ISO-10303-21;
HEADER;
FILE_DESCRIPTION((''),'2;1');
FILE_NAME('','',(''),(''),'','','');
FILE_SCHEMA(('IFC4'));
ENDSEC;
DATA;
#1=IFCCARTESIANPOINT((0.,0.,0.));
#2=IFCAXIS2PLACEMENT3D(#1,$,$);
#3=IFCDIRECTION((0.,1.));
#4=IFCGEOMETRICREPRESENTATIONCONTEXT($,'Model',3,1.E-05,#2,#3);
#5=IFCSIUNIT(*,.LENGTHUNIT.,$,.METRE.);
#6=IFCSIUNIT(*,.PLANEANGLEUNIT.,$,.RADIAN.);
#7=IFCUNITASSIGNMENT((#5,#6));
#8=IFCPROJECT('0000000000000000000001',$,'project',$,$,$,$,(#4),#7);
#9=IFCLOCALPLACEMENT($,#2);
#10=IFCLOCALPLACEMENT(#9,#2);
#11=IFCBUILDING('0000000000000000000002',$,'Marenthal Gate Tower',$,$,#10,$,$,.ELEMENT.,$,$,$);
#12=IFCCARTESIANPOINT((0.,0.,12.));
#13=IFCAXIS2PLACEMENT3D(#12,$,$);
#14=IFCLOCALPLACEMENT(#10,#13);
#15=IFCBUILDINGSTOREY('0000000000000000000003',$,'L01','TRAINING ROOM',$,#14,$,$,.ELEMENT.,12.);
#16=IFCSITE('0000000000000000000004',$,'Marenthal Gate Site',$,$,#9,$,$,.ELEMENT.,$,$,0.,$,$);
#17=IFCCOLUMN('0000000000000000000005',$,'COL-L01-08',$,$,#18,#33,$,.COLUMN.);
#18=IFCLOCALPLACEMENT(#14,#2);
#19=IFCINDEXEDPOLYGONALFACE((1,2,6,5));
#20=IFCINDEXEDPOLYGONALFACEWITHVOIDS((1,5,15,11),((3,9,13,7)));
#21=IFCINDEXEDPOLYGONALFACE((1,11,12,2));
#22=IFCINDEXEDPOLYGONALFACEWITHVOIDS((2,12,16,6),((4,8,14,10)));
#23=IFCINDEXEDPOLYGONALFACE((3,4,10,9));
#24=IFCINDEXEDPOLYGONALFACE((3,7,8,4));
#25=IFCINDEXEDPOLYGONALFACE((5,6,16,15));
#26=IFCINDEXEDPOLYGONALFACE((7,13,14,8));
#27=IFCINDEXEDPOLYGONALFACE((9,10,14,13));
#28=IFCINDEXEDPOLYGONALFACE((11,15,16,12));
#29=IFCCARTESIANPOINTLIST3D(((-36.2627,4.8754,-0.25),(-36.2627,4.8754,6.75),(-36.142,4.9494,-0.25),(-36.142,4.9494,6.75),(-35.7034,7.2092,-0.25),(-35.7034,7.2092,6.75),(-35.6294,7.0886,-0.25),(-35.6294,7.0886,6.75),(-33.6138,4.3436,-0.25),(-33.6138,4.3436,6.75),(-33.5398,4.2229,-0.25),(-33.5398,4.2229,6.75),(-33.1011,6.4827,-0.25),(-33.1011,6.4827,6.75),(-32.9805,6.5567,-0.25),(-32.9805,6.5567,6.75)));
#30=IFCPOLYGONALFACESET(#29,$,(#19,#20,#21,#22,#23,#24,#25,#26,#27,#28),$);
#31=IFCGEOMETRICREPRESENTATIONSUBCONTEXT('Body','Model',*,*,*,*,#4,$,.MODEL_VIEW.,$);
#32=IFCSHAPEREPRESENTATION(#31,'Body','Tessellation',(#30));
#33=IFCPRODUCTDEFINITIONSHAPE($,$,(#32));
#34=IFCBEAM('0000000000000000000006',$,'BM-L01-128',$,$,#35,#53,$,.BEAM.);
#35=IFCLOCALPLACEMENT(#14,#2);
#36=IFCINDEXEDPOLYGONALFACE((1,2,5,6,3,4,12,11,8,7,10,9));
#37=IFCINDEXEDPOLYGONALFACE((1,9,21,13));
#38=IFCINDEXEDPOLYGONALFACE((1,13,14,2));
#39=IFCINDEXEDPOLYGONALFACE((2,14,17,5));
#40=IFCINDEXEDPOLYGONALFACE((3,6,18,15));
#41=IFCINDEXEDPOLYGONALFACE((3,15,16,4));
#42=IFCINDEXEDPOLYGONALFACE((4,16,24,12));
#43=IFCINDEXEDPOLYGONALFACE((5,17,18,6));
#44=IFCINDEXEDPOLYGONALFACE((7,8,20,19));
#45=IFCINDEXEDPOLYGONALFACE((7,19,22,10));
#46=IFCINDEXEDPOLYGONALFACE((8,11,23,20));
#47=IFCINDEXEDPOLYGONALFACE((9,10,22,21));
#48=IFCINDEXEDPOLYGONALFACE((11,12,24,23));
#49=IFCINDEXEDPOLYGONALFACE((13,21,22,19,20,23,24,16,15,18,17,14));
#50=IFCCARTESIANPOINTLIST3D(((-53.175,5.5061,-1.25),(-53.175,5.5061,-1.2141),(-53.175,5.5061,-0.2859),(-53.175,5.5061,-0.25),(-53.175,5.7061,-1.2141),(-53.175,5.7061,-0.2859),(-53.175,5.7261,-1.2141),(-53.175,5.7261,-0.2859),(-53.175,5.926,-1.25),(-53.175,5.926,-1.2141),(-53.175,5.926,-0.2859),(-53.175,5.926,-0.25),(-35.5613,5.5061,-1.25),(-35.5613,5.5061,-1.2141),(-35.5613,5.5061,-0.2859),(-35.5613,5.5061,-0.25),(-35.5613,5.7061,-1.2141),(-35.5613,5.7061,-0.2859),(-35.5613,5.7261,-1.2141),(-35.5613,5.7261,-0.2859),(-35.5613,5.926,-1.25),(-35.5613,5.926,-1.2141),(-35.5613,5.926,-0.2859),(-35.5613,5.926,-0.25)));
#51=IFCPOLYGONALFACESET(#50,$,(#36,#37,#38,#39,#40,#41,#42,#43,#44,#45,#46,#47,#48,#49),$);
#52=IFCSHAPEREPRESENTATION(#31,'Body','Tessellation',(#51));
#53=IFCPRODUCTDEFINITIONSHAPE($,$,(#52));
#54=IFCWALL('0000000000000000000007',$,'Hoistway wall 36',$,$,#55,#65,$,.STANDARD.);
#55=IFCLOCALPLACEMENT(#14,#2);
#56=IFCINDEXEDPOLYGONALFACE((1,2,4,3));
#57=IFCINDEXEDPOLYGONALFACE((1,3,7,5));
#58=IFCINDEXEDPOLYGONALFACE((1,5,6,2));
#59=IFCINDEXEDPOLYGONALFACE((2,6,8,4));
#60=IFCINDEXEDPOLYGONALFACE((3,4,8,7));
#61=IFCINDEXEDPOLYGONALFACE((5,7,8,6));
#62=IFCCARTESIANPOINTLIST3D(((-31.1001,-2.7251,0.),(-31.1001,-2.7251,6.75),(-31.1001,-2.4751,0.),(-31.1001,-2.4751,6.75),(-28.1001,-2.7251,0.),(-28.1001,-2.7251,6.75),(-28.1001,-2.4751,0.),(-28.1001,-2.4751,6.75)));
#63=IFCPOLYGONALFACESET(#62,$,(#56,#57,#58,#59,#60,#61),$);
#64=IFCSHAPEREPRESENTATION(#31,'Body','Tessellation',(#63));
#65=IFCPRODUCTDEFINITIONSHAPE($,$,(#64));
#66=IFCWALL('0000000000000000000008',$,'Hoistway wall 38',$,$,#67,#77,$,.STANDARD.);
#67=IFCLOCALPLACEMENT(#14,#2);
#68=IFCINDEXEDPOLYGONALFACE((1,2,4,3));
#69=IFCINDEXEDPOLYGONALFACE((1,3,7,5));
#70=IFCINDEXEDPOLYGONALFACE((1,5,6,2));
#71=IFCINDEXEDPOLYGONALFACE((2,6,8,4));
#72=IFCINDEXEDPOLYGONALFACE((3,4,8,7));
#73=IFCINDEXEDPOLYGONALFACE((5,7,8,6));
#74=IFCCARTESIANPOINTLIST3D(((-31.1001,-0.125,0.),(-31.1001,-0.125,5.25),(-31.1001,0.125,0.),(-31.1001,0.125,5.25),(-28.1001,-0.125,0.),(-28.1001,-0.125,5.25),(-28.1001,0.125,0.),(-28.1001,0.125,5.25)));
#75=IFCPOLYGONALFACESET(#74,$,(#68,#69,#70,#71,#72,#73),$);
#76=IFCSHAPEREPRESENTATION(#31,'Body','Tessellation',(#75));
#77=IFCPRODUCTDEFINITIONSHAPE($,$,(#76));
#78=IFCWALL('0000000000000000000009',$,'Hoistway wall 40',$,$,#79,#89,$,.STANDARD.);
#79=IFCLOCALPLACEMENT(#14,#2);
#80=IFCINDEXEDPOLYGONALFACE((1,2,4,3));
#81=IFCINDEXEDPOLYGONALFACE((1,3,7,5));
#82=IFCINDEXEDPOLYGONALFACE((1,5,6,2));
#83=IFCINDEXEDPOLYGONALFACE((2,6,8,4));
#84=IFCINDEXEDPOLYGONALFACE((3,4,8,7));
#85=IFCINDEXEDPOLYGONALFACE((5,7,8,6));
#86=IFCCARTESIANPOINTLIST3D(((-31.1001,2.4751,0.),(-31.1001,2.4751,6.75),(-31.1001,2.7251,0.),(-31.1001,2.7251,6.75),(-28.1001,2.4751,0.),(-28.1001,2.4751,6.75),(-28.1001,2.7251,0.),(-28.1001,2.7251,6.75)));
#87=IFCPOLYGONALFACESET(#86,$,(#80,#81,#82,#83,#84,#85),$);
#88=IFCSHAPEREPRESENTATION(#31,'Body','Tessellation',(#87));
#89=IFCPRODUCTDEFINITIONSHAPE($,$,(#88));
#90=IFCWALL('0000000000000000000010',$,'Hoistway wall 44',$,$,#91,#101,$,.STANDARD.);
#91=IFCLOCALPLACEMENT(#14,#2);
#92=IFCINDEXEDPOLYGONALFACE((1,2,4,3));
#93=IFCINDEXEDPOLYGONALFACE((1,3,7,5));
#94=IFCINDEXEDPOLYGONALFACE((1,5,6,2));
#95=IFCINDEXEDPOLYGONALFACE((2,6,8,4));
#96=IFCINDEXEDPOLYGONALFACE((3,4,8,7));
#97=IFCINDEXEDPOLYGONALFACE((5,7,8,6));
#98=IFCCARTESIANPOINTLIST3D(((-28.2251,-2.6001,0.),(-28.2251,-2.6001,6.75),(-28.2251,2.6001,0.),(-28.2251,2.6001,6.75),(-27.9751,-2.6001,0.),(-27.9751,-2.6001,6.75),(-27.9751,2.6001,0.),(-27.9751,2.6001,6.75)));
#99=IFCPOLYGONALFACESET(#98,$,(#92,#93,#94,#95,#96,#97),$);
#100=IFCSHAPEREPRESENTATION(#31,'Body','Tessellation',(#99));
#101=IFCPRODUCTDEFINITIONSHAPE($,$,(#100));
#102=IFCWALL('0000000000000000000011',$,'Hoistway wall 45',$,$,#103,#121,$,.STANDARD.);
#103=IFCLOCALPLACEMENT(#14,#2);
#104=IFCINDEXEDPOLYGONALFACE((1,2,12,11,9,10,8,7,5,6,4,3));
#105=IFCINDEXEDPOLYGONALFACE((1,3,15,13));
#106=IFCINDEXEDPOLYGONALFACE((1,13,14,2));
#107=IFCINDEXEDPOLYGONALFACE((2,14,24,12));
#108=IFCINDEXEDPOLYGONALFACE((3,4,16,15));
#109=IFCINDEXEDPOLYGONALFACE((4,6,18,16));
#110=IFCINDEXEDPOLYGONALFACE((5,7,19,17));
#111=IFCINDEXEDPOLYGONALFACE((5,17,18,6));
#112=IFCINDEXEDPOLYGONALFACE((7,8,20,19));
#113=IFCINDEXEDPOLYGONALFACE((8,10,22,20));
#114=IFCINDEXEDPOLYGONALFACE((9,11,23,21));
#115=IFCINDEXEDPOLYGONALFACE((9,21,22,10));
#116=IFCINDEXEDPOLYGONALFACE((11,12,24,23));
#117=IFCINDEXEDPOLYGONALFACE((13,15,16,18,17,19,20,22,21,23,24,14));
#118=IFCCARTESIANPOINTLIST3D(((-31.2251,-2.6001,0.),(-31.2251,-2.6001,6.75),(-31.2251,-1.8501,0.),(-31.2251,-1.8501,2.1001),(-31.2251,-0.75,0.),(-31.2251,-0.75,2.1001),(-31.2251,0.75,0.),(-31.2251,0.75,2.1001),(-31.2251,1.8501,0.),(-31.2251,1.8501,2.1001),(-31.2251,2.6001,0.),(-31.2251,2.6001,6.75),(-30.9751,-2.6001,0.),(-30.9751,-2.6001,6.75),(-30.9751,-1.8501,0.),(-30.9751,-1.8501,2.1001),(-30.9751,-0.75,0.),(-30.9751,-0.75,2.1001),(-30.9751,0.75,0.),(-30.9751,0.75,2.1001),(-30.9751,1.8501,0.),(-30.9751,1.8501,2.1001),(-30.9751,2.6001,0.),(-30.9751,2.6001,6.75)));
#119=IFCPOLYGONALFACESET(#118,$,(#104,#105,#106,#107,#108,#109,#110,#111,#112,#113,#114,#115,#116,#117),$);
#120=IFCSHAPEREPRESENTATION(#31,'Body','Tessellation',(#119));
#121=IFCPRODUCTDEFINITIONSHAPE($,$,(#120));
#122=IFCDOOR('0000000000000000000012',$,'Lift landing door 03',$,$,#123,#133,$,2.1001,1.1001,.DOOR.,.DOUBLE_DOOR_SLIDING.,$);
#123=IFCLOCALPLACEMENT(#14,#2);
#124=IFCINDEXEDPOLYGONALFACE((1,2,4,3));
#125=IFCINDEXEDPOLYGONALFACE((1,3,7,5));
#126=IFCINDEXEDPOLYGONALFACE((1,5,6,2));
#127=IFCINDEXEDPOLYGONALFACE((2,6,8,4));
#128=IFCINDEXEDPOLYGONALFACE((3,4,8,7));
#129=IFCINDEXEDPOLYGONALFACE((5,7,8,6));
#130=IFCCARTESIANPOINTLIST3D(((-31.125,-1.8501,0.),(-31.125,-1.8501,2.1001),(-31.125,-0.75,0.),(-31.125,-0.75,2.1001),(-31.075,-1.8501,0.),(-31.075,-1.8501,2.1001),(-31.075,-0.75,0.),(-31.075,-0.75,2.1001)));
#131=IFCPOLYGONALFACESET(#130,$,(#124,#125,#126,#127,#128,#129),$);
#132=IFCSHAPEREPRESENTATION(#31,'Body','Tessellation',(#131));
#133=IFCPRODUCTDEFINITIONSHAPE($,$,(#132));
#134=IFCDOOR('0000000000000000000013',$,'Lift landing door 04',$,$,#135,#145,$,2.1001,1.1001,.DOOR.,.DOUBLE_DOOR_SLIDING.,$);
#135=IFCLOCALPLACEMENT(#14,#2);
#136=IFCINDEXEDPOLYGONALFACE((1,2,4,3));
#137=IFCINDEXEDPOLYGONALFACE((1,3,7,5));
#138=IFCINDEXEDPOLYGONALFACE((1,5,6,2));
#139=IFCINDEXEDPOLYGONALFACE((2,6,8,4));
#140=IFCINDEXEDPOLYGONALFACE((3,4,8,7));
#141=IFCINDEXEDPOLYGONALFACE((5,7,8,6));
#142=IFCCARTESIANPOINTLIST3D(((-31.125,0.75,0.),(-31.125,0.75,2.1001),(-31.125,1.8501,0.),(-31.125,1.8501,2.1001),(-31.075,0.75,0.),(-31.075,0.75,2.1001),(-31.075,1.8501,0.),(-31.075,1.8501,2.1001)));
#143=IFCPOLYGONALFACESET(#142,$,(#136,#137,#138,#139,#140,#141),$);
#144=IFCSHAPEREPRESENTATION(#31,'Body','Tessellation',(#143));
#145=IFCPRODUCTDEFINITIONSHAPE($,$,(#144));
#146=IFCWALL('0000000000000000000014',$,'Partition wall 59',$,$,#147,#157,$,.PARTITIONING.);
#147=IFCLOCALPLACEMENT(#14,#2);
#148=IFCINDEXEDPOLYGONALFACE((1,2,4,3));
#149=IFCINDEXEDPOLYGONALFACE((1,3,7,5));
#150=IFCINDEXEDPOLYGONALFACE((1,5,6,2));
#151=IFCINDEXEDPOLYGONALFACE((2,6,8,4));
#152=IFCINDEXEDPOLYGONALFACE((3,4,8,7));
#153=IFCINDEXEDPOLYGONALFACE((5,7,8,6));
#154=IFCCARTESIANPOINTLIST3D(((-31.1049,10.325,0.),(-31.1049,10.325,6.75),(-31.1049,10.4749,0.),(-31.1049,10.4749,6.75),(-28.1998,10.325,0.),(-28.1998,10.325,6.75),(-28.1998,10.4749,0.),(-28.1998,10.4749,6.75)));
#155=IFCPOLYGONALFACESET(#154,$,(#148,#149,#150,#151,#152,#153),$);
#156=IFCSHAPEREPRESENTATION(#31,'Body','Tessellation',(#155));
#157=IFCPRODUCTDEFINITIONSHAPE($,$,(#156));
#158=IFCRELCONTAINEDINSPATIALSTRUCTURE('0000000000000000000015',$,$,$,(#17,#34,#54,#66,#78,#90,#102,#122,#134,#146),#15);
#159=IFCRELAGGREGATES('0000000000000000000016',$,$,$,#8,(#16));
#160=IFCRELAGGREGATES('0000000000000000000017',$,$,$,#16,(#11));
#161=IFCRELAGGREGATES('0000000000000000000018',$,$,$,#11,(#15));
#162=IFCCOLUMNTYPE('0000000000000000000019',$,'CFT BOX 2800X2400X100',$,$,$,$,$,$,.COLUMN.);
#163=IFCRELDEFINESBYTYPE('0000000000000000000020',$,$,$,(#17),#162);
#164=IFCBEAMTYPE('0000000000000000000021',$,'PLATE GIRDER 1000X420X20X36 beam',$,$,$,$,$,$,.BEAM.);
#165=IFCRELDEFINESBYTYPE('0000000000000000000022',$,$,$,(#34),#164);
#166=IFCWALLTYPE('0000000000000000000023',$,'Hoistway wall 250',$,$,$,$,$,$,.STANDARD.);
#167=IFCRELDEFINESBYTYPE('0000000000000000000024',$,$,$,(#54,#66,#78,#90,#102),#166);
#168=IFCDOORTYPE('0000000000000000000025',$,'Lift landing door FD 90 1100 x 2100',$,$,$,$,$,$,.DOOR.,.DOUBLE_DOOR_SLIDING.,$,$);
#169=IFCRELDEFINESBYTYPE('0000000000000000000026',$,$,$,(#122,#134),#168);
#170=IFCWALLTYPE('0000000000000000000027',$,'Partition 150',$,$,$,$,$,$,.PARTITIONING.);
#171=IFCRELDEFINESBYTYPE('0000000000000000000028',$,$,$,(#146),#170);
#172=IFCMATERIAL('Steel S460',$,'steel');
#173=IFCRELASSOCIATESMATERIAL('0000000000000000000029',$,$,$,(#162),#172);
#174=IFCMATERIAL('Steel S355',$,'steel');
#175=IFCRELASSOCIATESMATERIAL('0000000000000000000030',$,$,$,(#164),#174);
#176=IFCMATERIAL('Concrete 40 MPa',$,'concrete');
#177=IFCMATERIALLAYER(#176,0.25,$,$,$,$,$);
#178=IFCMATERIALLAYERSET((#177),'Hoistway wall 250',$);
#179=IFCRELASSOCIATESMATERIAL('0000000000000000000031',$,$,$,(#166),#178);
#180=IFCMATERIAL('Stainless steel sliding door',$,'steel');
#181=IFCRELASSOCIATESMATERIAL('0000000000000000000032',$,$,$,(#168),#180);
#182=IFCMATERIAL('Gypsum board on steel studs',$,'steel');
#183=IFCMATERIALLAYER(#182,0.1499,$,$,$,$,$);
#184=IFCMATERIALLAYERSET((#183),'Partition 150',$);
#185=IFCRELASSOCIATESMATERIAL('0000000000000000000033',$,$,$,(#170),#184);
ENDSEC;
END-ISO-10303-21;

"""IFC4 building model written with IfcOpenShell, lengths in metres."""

from ifc_helpers import new_model, si_unit, direction, frame, frame_2d, origin, origin_2d, place, context, subcontext, project, spatial, rectangle, hollow_rectangle, i_section, extrude, material, layer, layer_set, material_profile, profile_set, type_object, element, fill, save


model = new_model("IFC4")

# Units and contexts
model_context = context("Model", 3, precision=1e-05, world=origin(), true_north=direction((0.0, 1.0)))
body_context = subcontext(model_context, "Body", "Model", "MODEL_VIEW")
ifc_project = project(units=[si_unit("LENGTHUNIT", "METRE"), si_unit("PLANEANGLEUNIT", "RADIAN")], contexts=[model_context])

# Site, building, storey
site_placement = place(None, origin())
site = spatial("IfcSite", under=ifc_project, at=site_placement, Name="Marenthal Gate Site", CompositionType="ELEMENT", RefElevation=0.0)
building_placement = place(site_placement, origin())
building = spatial("IfcBuilding", under=site, at=building_placement, Name="Marenthal Gate Tower", CompositionType="ELEMENT")
storey_placement = place(building_placement, frame((0.0, 0.0, 12.0)))
storey = spatial("IfcBuildingStorey", under=building, at=storey_placement, Name="L01", Description="TRAINING ROOM", CompositionType="ELEMENT", Elevation=12.0)

# Column
ifc_material_1 = material(Name="Steel S460", Category="steel")
ifc_material_profile_1 = material_profile(ifc_material_1, hollow_rectangle(XDim=2.3999, YDim=2.8, WallThickness=0.1001, at=origin_2d()), Name="CFT BOX 2800X2400X100")
ifc_material_2 = material(Name="Concrete 70 MPa", Category="concrete")
ifc_material_profile_2 = material_profile(ifc_material_2, rectangle(XDim=2.2, YDim=2.6001, at=origin_2d()), Name="CFT BOX 2800X2400X100 INFILL")
ifc_profile_set_1 = profile_set([ifc_material_profile_1, ifc_material_profile_2], Name="Steel S460 shell, Concrete 70 MPa infill")
column_type = type_object("IfcColumnType", Name="CFT BOX 2800X2400X100", PredefinedType="COLUMN", material=ifc_profile_set_1)
column_placement = place(storey_placement, frame((-34.6216, 5.7161, -0.25), z_axis=(0.0, 0.0, 1.0), x_axis=(0.233047, 0.972466, 0.0)))
element("IfcColumn", 1, at=column_placement, inside=storey, type_object=column_type, Name="COL-L01-08", PredefinedType="COLUMN", context=body_context, shape_type="SweptSolid", body=[
    extrude(hollow_rectangle(XDim=2.3999, YDim=2.8, WallThickness=0.1001, at=origin_2d()), origin(), (0.0, 0.0, 1.0), 7.0),
])

# Beam
ifc_material_3 = material(Name="Steel S355", Category="steel")
ifc_material_profile_3 = material_profile(ifc_material_3, i_section(OverallWidth=0.4199, OverallDepth=1.0, WebThickness=0.02, FlangeThickness=0.0359, at=origin_2d()), Name="PLATE GIRDER 1000X420X20X36")
ifc_profile_set_2 = profile_set([ifc_material_profile_3], Name="Steel S355")
beam_type = type_object("IfcBeamType", Name="PLATE GIRDER 1000X420X20X36 beam", PredefinedType="BEAM", material=ifc_profile_set_2)
beam_placement = place(storey_placement, frame((-35.5613, 5.7161, -0.75), z_axis=(-1.0, 0.0, 0.0), x_axis=(0.0, -1.0, 0.0)))
element("IfcBeam", 2, at=beam_placement, inside=storey, type_object=beam_type, Name="BM-L01-128", PredefinedType="BEAM", context=body_context, shape_type="SweptSolid", body=[
    extrude(i_section(OverallWidth=0.4199, OverallDepth=1.0, WebThickness=0.02, FlangeThickness=0.0359, at=origin_2d()), origin(), (0.0, 0.0, 1.0), 17.6138),
])

# Walls
ifc_material_4 = material(Name="Concrete 40 MPa", Category="concrete")
ifc_layer_1 = layer(ifc_material_4, 0.25)
ifc_layer_set_1 = layer_set([ifc_layer_1], Name="Hoistway wall 250")
wall_type_1 = type_object("IfcWallType", Name="Hoistway wall 250", PredefinedType="STANDARD", material=ifc_layer_set_1)
wall_1_placement = place(storey_placement, frame((-31.1001, -2.6001, 0.0), z_axis=(0.0, 0.0, 1.0), x_axis=(1.0, 0.0, 0.0)))
element("IfcWall", 3, at=wall_1_placement, inside=storey, type_object=wall_type_1, Name="Hoistway wall 36", PredefinedType="STANDARD", context=body_context, shape_type="SweptSolid", body=[
    extrude(rectangle(XDim=3.0, YDim=0.25, at=frame_2d((1.5, 0.0))), origin(), (0.0, 0.0, 1.0), 6.75),
])
wall_2_placement = place(storey_placement, frame((-31.1001, 0.0, 0.0), z_axis=(0.0, 0.0, 1.0), x_axis=(1.0, 0.0, 0.0)))
element("IfcWall", 4, at=wall_2_placement, inside=storey, type_object=wall_type_1, Name="Hoistway wall 38", PredefinedType="STANDARD", context=body_context, shape_type="SweptSolid", body=[
    extrude(rectangle(XDim=3.0, YDim=0.25, at=frame_2d((1.5, 0.0))), origin(), (0.0, 0.0, 1.0), 5.25),
])
wall_3_placement = place(storey_placement, frame((-31.1001, 2.6001, 0.0), z_axis=(0.0, 0.0, 1.0), x_axis=(1.0, 0.0, 0.0)))
element("IfcWall", 5, at=wall_3_placement, inside=storey, type_object=wall_type_1, Name="Hoistway wall 40", PredefinedType="STANDARD", context=body_context, shape_type="SweptSolid", body=[
    extrude(rectangle(XDim=3.0, YDim=0.25, at=frame_2d((1.5, 0.0))), origin(), (0.0, 0.0, 1.0), 6.75),
])
wall_4_placement = place(storey_placement, frame((-28.1001, -2.6001, 0.0), z_axis=(0.0, 0.0, 1.0), x_axis=(0.0, 1.0, 0.0)))
element("IfcWall", 6, at=wall_4_placement, inside=storey, type_object=wall_type_1, Name="Hoistway wall 44", PredefinedType="STANDARD", context=body_context, shape_type="SweptSolid", body=[
    extrude(rectangle(XDim=5.2002, YDim=0.25, at=frame_2d((2.6001, 0.0))), origin(), (0.0, 0.0, 1.0), 6.75),
])

# Wall, openings, doors
wall_5_placement = place(storey_placement, frame((-31.1001, -2.6001, 0.0), z_axis=(0.0, 0.0, 1.0), x_axis=(0.0, 1.0, 0.0)))
wall_5 = element("IfcWall", 7, at=wall_5_placement, inside=storey, type_object=wall_type_1, Name="Hoistway wall 45", PredefinedType="STANDARD", context=body_context, shape_type="SweptSolid", body=[
    extrude(rectangle(XDim=5.2002, YDim=0.25, at=frame_2d((2.6001, 0.0))), origin(), (0.0, 0.0, 1.0), 6.75),
])
opening_1_placement = place(wall_5_placement, frame((0.75, 0.0, 0.0)))
opening_1 = element("IfcOpeningElement", 8, at=opening_1_placement, cuts=wall_5, PredefinedType="OPENING", context=body_context, shape_type="SweptSolid", body=[
    extrude(rectangle(XDim=1.1001, YDim=2.1001, at=frame_2d((0.55, 1.05))), frame((0.0, 0.135, 0.0), z_axis=(0.0, -1.0, 0.0), x_axis=(1.0, 0.0, 0.0)), (0.0, 0.0, 1.0), 0.27),
])
opening_2_placement = place(wall_5_placement, frame((3.3501, 0.0, 0.0)))
opening_2 = element("IfcOpeningElement", 9, at=opening_2_placement, cuts=wall_5, PredefinedType="OPENING", context=body_context, shape_type="SweptSolid", body=[
    extrude(rectangle(XDim=1.1001, YDim=2.1001, at=frame_2d((0.55, 1.05))), frame((0.0, 0.135, 0.0), z_axis=(0.0, -1.0, 0.0), x_axis=(1.0, 0.0, 0.0)), (0.0, 0.0, 1.0), 0.27),
])
ifc_material_5 = material(Name="Stainless steel sliding door", Category="steel")
door_type_1 = type_object("IfcDoorType", Name="Lift landing door FD 90 1100 x 2100", OperationType="DOUBLE_DOOR_SLIDING", PredefinedType="DOOR", material=ifc_material_5)
door_1_placement = place(opening_1_placement, origin())
door_1 = element("IfcDoor", 10, at=door_1_placement, inside=storey, type_object=door_type_1, Name="Lift landing door 03", OperationType="DOUBLE_DOOR_SLIDING", OverallHeight=2.1001, OverallWidth=1.1001, PredefinedType="DOOR", context=body_context, shape_type="SweptSolid", body=[
    extrude(rectangle(XDim=1.1001, YDim=2.1001, at=frame_2d((0.55, 1.05))), frame((0.0, 0.0249, 0.0), z_axis=(0.0, -1.0, 0.0), x_axis=(1.0, 0.0, 0.0)), (0.0, 0.0, 1.0), 0.05),
])
fill(opening_1, door_1)
door_2_placement = place(opening_2_placement, origin())
door_2 = element("IfcDoor", 11, at=door_2_placement, inside=storey, type_object=door_type_1, Name="Lift landing door 04", OperationType="DOUBLE_DOOR_SLIDING", OverallHeight=2.1001, OverallWidth=1.1001, PredefinedType="DOOR", context=body_context, shape_type="SweptSolid", body=[
    extrude(rectangle(XDim=1.1001, YDim=2.1001, at=frame_2d((0.55, 1.05))), frame((0.0, 0.0249, 0.0), z_axis=(0.0, -1.0, 0.0), x_axis=(1.0, 0.0, 0.0)), (0.0, 0.0, 1.0), 0.05),
])
fill(opening_2, door_2)

# Wall
ifc_material_6 = material(Name="Gypsum board on steel studs", Category="steel")
ifc_layer_2 = layer(ifc_material_6, 0.1499)
ifc_layer_set_2 = layer_set([ifc_layer_2], Name="Partition 150")
wall_type_2 = type_object("IfcWallType", Name="Partition 150", PredefinedType="PARTITIONING", material=ifc_layer_set_2)
wall_6_placement = place(storey_placement, frame((-31.105, 10.3999, 0.0), z_axis=(0.0, 0.0, 1.0), x_axis=(1.0, 0.0, 0.0)))
element("IfcWall", 12, at=wall_6_placement, inside=storey, type_object=wall_type_2, Name="Partition wall 59", PredefinedType="PARTITIONING", context=body_context, shape_type="SweptSolid", body=[
    extrude(rectangle(XDim=2.905, YDim=0.1499, at=frame_2d((1.4526, 0.0))), origin(), (0.0, 0.0, 1.0), 6.75),
])

save(model, "model.ifc")
